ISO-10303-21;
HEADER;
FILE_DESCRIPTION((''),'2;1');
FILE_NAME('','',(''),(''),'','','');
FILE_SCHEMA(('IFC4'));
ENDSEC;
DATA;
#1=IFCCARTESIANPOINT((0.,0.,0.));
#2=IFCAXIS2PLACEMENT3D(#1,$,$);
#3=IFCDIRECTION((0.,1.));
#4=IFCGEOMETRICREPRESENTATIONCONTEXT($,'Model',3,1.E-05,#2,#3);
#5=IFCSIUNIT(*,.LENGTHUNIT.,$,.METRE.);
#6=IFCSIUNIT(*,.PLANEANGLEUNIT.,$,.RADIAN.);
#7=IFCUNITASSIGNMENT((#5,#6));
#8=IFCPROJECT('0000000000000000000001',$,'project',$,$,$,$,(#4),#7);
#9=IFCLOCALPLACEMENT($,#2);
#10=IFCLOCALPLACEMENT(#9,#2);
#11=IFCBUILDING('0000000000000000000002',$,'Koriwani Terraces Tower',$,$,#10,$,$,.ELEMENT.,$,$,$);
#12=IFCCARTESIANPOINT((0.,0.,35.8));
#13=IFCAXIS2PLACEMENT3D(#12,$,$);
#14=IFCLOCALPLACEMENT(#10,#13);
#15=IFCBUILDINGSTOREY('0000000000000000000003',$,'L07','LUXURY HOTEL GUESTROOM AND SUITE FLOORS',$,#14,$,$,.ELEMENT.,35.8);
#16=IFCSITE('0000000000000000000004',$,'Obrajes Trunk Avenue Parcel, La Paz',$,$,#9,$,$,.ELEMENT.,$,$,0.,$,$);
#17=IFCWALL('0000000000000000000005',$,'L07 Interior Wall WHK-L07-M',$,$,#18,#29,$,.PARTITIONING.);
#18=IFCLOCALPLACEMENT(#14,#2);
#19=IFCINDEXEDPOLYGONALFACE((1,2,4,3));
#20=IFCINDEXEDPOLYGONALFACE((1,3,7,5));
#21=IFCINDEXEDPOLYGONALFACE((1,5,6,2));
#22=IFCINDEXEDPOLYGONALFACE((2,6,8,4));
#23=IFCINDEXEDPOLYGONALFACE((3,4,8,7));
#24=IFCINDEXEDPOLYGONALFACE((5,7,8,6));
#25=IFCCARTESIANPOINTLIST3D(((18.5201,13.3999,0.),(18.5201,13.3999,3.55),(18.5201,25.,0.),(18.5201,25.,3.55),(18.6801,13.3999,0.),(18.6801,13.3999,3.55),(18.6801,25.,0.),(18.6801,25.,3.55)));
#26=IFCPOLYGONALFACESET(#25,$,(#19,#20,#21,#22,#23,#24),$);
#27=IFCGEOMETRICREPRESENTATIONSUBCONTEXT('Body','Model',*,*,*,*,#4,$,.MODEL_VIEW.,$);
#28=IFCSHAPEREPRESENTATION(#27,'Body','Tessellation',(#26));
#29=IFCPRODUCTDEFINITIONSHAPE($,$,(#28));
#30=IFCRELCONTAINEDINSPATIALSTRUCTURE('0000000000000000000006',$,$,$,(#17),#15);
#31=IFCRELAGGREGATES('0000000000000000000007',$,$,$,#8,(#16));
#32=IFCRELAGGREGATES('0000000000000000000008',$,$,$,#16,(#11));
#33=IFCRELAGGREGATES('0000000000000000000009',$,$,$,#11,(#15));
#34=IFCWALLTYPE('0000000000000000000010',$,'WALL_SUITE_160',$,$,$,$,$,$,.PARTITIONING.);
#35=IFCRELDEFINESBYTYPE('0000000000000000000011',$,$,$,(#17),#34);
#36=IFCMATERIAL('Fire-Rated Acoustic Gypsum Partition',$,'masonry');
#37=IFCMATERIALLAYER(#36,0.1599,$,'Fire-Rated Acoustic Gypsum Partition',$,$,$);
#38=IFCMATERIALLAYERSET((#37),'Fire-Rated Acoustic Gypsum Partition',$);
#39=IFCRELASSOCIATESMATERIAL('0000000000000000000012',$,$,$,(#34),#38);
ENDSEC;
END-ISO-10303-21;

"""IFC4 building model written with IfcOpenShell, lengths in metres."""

from ifc_helpers import new_model, si_unit, direction, frame, frame_2d, origin, place, context, subcontext, project, spatial, rectangle, extrude, material, layer, layer_set, type_object, element, save


model = new_model("IFC4")

# Units and contexts
model_context = context("Model", 3, precision=1e-05, world=origin(), true_north=direction((0.0, 1.0)))
body_context = subcontext(model_context, "Body", "Model", "MODEL_VIEW")
ifc_project = project(units=[si_unit("LENGTHUNIT", "METRE"), si_unit("PLANEANGLEUNIT", "RADIAN")], contexts=[model_context])

# Site, building, storey
site_placement = place(None, origin())
site = spatial("IfcSite", under=ifc_project, at=site_placement, Name="Obrajes Trunk Avenue Parcel, La Paz", CompositionType="ELEMENT", RefElevation=0.0)
building_placement = place(site_placement, origin())
building = spatial("IfcBuilding", under=site, at=building_placement, Name="Koriwani Terraces Tower", CompositionType="ELEMENT")
storey_placement = place(building_placement, frame((0.0, 0.0, 35.8)))
storey = spatial("IfcBuildingStorey", under=building, at=storey_placement, Name="L07", Description="LUXURY HOTEL GUESTROOM AND SUITE FLOORS", CompositionType="ELEMENT", Elevation=35.8)

# Wall
ifc_material_1 = material(Name="Fire-Rated Acoustic Gypsum Partition", Category="masonry")
ifc_layer_1 = layer(ifc_material_1, 0.1599, Name="Fire-Rated Acoustic Gypsum Partition")
ifc_layer_set_1 = layer_set([ifc_layer_1], Name="Fire-Rated Acoustic Gypsum Partition")
wall_type_1 = type_object("IfcWallType", Name="WALL_SUITE_160", PredefinedType="PARTITIONING", material=ifc_layer_set_1)
wall_1_placement = place(storey_placement, frame((18.6001, 13.3999, 0.0), z_axis=(0.0, 0.0, 1.0), x_axis=(0.0, 1.0, 0.0)))
element("IfcWall", 1, at=wall_1_placement, inside=storey, type_object=wall_type_1, Name="L07 Interior Wall WHK-L07-M", PredefinedType="PARTITIONING", context=body_context, shape_type="SweptSolid", body=[
    extrude(rectangle(XDim=11.6001, YDim=0.1599, at=frame_2d((5.8, 0.0))), origin(), (0.0, 0.0, 1.0), 3.55),
])

save(model, "model.ifc")
